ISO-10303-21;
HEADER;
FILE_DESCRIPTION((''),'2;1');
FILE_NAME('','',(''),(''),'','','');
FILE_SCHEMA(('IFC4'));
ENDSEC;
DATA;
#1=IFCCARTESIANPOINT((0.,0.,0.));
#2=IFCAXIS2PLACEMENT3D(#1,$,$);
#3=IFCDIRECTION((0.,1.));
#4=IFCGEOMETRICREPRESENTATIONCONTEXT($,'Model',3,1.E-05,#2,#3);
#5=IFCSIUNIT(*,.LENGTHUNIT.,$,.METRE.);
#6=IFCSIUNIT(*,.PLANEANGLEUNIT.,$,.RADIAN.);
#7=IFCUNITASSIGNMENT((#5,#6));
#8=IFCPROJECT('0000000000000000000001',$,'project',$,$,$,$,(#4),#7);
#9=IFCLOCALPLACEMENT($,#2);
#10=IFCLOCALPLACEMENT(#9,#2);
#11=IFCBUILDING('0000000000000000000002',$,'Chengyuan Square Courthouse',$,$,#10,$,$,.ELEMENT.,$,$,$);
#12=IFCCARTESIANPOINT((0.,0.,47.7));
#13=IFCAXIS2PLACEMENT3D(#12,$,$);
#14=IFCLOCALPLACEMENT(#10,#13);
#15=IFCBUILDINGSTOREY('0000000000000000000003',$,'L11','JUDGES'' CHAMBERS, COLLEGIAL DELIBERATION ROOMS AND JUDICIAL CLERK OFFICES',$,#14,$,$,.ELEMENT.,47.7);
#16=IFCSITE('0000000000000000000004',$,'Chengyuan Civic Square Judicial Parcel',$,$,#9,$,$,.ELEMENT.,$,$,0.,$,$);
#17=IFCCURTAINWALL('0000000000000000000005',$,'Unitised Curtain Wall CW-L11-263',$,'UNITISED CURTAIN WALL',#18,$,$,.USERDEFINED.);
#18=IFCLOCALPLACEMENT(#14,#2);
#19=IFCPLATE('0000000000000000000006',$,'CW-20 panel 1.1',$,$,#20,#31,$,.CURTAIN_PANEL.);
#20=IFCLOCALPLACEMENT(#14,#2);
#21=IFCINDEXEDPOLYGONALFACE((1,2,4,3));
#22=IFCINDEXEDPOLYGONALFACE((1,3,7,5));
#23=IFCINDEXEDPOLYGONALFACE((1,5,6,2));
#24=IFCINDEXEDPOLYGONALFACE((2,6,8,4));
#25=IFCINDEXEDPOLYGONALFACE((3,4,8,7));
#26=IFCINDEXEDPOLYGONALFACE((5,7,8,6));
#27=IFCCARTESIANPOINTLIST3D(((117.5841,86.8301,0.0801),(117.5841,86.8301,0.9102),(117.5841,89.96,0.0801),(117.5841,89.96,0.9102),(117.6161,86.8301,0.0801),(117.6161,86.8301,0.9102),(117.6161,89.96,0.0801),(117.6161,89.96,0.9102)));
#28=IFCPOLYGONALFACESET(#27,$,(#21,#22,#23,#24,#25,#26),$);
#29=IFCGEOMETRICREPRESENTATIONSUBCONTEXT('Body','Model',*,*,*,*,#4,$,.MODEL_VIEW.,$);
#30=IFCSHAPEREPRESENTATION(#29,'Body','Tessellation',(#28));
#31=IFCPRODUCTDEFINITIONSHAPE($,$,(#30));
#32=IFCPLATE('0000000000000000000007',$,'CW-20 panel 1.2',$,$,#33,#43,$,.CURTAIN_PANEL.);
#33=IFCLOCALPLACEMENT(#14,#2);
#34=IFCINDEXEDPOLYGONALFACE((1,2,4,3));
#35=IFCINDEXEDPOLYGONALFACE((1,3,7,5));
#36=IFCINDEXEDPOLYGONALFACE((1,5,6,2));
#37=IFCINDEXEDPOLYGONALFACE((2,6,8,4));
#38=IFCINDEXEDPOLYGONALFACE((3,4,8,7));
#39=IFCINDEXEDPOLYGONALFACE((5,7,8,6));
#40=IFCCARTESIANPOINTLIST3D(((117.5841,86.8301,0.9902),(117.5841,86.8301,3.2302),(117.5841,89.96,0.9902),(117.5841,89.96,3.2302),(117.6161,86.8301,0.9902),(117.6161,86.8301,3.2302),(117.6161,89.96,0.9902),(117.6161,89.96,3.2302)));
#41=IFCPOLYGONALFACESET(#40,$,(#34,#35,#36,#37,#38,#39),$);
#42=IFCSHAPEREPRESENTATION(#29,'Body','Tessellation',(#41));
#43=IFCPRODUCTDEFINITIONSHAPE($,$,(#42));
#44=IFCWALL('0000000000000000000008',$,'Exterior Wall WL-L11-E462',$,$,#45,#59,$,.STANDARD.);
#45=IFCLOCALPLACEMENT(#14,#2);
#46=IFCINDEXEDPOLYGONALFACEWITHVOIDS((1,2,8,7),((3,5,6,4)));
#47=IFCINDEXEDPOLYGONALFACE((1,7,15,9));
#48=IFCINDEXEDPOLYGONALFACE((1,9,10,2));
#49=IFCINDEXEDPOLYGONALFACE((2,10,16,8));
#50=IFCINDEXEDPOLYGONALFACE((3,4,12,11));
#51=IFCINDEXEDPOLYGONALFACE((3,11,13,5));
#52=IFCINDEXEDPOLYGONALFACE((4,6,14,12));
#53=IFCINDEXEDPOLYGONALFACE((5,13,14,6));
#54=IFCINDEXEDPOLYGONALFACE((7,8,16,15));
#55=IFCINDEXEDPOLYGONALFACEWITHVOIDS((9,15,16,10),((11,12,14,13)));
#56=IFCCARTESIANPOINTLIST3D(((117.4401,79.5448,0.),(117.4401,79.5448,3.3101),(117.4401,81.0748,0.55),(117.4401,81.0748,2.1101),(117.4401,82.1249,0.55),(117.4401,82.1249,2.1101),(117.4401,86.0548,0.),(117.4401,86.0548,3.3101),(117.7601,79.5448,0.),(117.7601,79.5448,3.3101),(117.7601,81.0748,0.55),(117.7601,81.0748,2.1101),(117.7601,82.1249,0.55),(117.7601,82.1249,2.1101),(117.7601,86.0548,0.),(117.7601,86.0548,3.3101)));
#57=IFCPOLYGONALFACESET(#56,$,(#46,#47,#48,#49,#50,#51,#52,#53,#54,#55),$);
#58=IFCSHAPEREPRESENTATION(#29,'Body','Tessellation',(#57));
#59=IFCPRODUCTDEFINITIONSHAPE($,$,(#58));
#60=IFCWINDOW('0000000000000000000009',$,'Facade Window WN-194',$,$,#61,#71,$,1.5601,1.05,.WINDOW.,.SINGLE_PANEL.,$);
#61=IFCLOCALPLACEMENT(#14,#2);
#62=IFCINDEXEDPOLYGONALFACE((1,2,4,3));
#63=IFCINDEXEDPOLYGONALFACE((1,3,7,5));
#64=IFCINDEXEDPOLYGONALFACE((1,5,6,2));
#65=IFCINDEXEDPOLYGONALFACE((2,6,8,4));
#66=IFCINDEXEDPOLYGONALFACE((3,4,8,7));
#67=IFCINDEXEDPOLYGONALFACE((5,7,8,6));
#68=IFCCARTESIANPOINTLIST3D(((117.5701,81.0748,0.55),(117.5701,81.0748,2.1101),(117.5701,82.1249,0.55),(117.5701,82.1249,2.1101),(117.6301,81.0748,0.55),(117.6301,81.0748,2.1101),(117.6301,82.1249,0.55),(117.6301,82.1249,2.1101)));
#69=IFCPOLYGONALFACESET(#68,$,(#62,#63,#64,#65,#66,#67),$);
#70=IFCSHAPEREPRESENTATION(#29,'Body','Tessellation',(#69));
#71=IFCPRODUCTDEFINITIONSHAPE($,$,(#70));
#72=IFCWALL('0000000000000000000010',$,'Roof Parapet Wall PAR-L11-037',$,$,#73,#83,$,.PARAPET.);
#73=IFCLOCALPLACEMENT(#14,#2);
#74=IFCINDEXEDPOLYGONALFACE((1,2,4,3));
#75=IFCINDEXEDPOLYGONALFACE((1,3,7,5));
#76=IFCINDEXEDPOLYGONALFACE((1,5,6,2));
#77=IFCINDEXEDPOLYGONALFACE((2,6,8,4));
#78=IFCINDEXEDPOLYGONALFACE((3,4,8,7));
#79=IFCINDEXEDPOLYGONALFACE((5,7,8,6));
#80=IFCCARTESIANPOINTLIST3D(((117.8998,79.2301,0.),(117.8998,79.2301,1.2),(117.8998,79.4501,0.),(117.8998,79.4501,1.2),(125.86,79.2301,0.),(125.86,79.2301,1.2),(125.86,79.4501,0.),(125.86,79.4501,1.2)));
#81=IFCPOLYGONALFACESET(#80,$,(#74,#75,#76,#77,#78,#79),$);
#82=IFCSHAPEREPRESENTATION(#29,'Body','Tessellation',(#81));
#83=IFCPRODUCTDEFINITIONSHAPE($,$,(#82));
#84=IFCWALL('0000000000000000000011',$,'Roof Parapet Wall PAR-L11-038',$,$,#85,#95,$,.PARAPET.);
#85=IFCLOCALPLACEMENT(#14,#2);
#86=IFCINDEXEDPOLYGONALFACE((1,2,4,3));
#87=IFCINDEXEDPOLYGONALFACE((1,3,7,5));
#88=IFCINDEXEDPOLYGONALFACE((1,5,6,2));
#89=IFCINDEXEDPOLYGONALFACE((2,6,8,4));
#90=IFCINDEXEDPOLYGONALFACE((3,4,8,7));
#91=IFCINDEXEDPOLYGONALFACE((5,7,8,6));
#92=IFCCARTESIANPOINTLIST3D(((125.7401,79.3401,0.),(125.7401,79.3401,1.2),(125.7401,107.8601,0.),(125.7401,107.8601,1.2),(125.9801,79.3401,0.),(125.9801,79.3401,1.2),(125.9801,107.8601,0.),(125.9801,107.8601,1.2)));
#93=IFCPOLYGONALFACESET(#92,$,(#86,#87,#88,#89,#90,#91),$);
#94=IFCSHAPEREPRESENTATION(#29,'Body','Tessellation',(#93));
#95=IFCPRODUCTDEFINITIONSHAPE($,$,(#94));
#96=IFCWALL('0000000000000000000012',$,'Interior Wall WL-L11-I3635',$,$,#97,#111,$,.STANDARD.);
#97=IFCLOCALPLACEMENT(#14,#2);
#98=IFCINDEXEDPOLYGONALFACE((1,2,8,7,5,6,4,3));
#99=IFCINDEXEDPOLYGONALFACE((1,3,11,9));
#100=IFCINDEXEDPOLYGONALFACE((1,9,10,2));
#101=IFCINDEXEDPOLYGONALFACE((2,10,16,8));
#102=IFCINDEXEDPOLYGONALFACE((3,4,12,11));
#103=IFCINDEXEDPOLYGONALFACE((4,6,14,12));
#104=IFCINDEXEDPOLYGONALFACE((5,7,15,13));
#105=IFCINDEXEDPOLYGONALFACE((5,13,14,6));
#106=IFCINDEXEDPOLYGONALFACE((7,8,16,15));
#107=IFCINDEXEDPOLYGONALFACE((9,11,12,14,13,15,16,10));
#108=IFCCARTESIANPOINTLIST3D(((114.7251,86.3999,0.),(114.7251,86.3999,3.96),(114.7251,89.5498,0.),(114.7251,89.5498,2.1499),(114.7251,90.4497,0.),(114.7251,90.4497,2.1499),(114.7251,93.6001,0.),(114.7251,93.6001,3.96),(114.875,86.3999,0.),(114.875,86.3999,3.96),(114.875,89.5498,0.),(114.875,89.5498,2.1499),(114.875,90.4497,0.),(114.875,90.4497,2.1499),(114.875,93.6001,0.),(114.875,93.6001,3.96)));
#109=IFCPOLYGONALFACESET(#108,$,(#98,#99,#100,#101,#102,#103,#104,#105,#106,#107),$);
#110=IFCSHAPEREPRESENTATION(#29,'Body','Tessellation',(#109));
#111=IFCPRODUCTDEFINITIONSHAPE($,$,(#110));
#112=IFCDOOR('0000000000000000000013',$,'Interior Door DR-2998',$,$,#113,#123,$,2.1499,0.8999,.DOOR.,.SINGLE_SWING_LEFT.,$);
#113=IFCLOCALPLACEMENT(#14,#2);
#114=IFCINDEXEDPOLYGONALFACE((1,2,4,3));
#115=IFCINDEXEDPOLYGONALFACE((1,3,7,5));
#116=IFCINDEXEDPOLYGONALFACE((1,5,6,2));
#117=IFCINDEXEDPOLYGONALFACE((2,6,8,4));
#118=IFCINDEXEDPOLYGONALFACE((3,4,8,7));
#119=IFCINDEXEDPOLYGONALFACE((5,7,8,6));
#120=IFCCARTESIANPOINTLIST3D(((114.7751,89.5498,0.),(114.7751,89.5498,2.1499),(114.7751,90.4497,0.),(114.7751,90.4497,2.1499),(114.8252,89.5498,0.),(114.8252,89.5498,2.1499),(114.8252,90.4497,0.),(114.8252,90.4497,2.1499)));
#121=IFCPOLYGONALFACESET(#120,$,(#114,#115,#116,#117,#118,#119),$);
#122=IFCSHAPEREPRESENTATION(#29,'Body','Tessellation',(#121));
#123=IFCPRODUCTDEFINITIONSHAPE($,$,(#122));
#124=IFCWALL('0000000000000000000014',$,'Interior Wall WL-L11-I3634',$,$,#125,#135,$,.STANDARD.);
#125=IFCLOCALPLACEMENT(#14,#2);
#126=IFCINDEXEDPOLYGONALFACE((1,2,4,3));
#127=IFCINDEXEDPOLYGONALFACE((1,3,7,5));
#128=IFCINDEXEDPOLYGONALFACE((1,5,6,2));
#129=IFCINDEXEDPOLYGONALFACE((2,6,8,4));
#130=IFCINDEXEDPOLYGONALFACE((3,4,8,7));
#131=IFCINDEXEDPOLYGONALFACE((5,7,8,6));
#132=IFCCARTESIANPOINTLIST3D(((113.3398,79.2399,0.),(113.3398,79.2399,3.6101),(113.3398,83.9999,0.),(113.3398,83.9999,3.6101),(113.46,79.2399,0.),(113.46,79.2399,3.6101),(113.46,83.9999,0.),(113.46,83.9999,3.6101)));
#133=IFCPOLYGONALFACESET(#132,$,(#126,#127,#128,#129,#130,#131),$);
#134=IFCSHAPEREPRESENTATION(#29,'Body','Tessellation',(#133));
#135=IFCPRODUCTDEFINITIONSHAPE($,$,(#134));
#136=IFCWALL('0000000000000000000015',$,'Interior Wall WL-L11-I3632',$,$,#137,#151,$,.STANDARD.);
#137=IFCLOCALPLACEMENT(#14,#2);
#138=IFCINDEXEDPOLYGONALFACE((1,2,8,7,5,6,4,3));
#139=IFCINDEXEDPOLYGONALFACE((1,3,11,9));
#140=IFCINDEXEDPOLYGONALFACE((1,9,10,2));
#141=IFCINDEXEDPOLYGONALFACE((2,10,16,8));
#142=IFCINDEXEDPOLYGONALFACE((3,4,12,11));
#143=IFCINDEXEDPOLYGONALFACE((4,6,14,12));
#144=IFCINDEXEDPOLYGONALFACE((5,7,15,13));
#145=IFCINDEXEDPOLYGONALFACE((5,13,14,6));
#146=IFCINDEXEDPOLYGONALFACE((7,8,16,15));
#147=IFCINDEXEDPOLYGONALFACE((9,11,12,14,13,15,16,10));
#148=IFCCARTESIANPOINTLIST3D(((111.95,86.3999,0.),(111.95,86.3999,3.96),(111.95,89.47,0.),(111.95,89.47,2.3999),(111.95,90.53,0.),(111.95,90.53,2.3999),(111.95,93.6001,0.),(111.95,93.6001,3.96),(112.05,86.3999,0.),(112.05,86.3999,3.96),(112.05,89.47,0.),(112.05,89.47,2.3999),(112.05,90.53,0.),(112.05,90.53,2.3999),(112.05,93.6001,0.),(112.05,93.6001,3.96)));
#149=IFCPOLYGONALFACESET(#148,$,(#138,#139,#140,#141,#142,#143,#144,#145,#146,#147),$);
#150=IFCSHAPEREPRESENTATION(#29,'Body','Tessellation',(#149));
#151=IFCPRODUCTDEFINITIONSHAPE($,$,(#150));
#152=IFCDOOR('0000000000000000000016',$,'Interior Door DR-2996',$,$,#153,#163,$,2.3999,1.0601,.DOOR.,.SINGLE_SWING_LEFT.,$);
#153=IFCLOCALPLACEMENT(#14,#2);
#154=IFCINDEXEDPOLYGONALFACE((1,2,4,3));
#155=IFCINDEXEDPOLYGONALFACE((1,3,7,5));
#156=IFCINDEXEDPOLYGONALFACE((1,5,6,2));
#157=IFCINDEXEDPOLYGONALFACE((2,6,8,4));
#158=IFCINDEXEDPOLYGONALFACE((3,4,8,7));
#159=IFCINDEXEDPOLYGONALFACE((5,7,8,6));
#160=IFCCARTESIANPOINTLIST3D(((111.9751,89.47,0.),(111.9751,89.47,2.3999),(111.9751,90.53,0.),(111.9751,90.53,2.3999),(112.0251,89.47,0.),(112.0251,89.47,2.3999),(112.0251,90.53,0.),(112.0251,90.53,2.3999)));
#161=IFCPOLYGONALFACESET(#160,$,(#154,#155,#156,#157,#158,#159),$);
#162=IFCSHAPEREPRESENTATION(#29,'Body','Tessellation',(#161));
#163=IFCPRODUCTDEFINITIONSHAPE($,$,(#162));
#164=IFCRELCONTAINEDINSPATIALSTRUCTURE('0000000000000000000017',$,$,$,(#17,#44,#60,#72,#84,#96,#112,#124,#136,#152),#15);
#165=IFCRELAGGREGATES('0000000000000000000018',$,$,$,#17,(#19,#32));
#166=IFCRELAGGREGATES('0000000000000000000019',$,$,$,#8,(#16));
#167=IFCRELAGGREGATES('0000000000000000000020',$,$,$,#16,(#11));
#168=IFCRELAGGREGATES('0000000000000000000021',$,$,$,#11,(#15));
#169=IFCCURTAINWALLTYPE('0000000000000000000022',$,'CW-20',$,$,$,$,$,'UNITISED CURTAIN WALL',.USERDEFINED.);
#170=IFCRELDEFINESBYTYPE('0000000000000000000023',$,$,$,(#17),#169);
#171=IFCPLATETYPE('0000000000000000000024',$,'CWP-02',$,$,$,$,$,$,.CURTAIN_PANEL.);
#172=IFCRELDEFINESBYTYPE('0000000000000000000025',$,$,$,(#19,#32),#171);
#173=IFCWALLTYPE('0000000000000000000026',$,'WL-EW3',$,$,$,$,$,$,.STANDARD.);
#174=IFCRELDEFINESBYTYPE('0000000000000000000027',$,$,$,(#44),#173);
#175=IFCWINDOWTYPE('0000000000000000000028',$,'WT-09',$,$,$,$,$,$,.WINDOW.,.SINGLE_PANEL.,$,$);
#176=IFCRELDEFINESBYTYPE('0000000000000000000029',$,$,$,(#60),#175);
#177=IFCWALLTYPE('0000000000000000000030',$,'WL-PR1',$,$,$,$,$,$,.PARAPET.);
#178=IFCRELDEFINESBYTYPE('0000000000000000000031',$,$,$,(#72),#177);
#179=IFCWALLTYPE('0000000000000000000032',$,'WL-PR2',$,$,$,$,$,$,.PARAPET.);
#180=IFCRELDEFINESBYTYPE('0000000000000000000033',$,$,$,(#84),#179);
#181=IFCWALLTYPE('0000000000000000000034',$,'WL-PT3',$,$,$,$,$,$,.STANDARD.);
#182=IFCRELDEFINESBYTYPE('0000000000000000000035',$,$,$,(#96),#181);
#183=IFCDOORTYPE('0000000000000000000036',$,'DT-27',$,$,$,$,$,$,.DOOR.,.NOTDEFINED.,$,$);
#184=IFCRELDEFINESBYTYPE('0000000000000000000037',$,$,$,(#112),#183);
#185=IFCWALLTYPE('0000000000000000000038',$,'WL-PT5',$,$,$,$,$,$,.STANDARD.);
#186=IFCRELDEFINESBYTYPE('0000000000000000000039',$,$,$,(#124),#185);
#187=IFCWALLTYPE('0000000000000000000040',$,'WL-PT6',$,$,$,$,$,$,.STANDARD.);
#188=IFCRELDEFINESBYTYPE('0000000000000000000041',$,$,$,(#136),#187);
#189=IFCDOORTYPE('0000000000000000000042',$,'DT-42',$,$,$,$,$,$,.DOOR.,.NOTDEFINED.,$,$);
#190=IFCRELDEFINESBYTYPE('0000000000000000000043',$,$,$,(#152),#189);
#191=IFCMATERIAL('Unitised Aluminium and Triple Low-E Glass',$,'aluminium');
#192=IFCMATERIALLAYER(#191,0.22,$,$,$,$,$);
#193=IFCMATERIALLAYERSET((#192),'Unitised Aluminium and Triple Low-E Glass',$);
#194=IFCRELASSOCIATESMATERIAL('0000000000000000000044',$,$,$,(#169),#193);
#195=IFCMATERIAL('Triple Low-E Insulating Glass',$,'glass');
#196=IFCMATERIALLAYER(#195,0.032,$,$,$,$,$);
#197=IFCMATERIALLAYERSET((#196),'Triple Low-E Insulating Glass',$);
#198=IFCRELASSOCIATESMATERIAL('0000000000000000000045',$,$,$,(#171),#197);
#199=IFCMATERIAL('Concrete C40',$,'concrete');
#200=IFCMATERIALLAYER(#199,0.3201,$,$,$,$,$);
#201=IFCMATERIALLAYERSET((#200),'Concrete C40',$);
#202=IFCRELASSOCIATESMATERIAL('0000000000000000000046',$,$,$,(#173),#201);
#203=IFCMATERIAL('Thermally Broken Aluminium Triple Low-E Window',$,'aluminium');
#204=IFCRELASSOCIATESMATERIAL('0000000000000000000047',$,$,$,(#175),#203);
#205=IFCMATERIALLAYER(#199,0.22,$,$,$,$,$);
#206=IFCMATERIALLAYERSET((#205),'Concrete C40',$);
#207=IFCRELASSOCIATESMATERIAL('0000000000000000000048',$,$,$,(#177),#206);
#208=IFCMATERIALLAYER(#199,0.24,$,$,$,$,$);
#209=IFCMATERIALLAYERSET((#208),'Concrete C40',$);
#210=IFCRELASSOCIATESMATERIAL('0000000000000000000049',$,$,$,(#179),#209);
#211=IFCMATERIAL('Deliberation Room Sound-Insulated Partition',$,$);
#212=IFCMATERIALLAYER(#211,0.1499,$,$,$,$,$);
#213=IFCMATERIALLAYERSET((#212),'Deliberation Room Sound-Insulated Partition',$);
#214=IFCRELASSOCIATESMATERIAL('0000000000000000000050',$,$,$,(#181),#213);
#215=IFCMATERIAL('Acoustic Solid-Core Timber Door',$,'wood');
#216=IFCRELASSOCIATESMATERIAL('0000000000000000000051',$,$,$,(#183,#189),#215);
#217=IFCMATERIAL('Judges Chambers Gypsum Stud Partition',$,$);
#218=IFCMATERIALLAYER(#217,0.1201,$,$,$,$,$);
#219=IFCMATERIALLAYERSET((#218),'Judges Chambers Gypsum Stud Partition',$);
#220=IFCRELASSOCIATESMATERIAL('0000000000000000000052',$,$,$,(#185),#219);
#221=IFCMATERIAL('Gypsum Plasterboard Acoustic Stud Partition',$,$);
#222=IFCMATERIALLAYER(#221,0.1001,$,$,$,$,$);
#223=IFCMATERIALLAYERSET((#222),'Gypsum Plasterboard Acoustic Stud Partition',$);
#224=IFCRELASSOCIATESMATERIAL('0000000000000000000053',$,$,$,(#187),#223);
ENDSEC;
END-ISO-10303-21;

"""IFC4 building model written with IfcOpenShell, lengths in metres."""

from ifc_helpers import new_model, si_unit, direction, frame, frame_2d, origin, origin_2d, place, context, subcontext, project, spatial, rectangle, extrude, material, layer, layer_set, type_object, element, fill, aggregate, save


model = new_model("IFC4")

# Units and contexts
model_context = context("Model", 3, precision=1e-05, world=origin(), true_north=direction((0.0, 1.0)))
body_context = subcontext(model_context, "Body", "Model", "MODEL_VIEW")
ifc_project = project(units=[si_unit("LENGTHUNIT", "METRE"), si_unit("PLANEANGLEUNIT", "RADIAN")], contexts=[model_context])

# Site, building, storey
site_placement = place(None, origin())
site = spatial("IfcSite", under=ifc_project, at=site_placement, Name="Chengyuan Civic Square Judicial Parcel", CompositionType="ELEMENT", RefElevation=0.0)
building_placement = place(site_placement, origin())
building = spatial("IfcBuilding", under=site, at=building_placement, Name="Chengyuan Square Courthouse", CompositionType="ELEMENT")
storey_placement = place(building_placement, frame((0.0, 0.0, 47.7)))
storey = spatial("IfcBuildingStorey", under=building, at=storey_placement, Name="L11", Description="JUDGES' CHAMBERS, COLLEGIAL DELIBERATION ROOMS AND JUDICIAL CLERK OFFICES", CompositionType="ELEMENT", Elevation=47.7)

# Shared definitions
ifc_material_1 = material(Name="Concrete C40", Category="concrete")

# Curtain wall, plates
ifc_material_2 = material(Name="Unitised Aluminium and Triple Low-E Glass", Category="aluminium")
ifc_layer_1 = layer(ifc_material_2, 0.22)
ifc_layer_set_1 = layer_set([ifc_layer_1], Name="Unitised Aluminium and Triple Low-E Glass")
curtain_wall_type = type_object("IfcCurtainWallType", Name="CW-20", ElementType="UNITISED CURTAIN WALL", PredefinedType="USERDEFINED", material=ifc_layer_set_1)
curtain_wall_placement = place(storey_placement, origin())
curtain_wall = element("IfcCurtainWall", 1, at=curtain_wall_placement, inside=storey, type_object=curtain_wall_type, Name="Unitised Curtain Wall CW-L11-263", ObjectType="UNITISED CURTAIN WALL", PredefinedType="USERDEFINED")
ifc_material_3 = material(Name="Triple Low-E Insulating Glass", Category="glass")
ifc_layer_2 = layer(ifc_material_3, 0.032)
ifc_layer_set_2 = layer_set([ifc_layer_2], Name="Triple Low-E Insulating Glass")
plate_type = type_object("IfcPlateType", Name="CWP-02", PredefinedType="CURTAIN_PANEL", material=ifc_layer_set_2)
plate_1_placement = place(storey_placement, frame((117.6001, 88.395, 0.0801), z_axis=(0.0, 0.0, 1.0), x_axis=(0.0, 1.0, 0.0)))
plate_1 = element("IfcPlate", 2, at=plate_1_placement, type_object=plate_type, Name="CW-20 panel 1.1", PredefinedType="CURTAIN_PANEL", context=body_context, shape_type="SweptSolid", body=[
    extrude(rectangle(XDim=3.1299, YDim=0.032, at=origin_2d()), origin(), (0.0, 0.0, 1.0), 0.8301),
])
plate_2_placement = place(storey_placement, frame((117.6001, 88.395, 0.9902), z_axis=(0.0, 0.0, 1.0), x_axis=(0.0, 1.0, 0.0)))
plate_2 = element("IfcPlate", 3, at=plate_2_placement, type_object=plate_type, Name="CW-20 panel 1.2", PredefinedType="CURTAIN_PANEL", context=body_context, shape_type="SweptSolid", body=[
    extrude(rectangle(XDim=3.1299, YDim=0.032, at=origin_2d()), origin(), (0.0, 0.0, 1.0), 2.24),
])
aggregate(curtain_wall, [plate_1, plate_2])

# Wall, opening, window
ifc_layer_3 = layer(ifc_material_1, 0.3201)
ifc_layer_set_3 = layer_set([ifc_layer_3], Name="Concrete C40")
wall_type_1 = type_object("IfcWallType", Name="WL-EW3", PredefinedType="STANDARD", material=ifc_layer_set_3)
wall_1_placement = place(storey_placement, frame((117.6001, 79.5449, 0.0), z_axis=(0.0, 0.0, 1.0), x_axis=(0.0, 1.0, 0.0)))
wall_1 = element("IfcWall", 4, at=wall_1_placement, inside=storey, type_object=wall_type_1, Name="Exterior Wall WL-L11-E462", PredefinedType="STANDARD", context=body_context, shape_type="SweptSolid", body=[
    extrude(rectangle(XDim=6.51, YDim=0.3201, at=frame_2d((3.2549, 0.0))), origin(), (0.0, 0.0, 1.0), 3.3101),
])
opening_1_placement = place(wall_1_placement, frame((1.53, 0.0, 0.55)))
opening_1 = element("IfcOpeningElement", 5, at=opening_1_placement, cuts=wall_1, PredefinedType="OPENING", context=body_context, shape_type="SweptSolid", body=[
    extrude(rectangle(XDim=1.05, YDim=1.5601, at=frame_2d((0.5249, 0.78))), frame((0.0, 0.1721, 0.0), z_axis=(0.0, -1.0, 0.0), x_axis=(1.0, 0.0, 0.0)), (0.0, 0.0, 1.0), 0.344),
])
ifc_material_4 = material(Name="Thermally Broken Aluminium Triple Low-E Window", Category="aluminium")
window_type = type_object("IfcWindowType", Name="WT-09", PartitioningType="SINGLE_PANEL", PredefinedType="WINDOW", material=ifc_material_4)
window_placement = place(opening_1_placement, origin())
window = element("IfcWindow", 6, at=window_placement, inside=storey, type_object=window_type, Name="Facade Window WN-194", OverallHeight=1.5601, OverallWidth=1.05, PartitioningType="SINGLE_PANEL", PredefinedType="WINDOW", context=body_context, shape_type="SweptSolid", body=[
    extrude(rectangle(XDim=1.05, YDim=1.5601, at=frame_2d((0.5249, 0.78))), frame((0.0, 0.03, 0.0), z_axis=(0.0, -1.0, 0.0), x_axis=(1.0, 0.0, 0.0)), (0.0, 0.0, 1.0), 0.0601),
])
fill(opening_1, window)

# Walls
ifc_layer_4 = layer(ifc_material_1, 0.22)
ifc_layer_set_4 = layer_set([ifc_layer_4], Name="Concrete C40")
wall_type_2 = type_object("IfcWallType", Name="WL-PR1", PredefinedType="PARAPET", material=ifc_layer_set_4)
wall_2_placement = place(storey_placement, frame((117.8999, 79.3401, 0.0), z_axis=(0.0, 0.0, 1.0), x_axis=(1.0, 0.0, 0.0)))
element("IfcWall", 7, at=wall_2_placement, inside=storey, type_object=wall_type_2, Name="Roof Parapet Wall PAR-L11-037", PredefinedType="PARAPET", context=body_context, shape_type="SweptSolid", body=[
    extrude(rectangle(XDim=7.9602, YDim=0.22, at=frame_2d((3.98, 0.0))), origin(), (0.0, 0.0, 1.0), 1.2),
])
ifc_layer_5 = layer(ifc_material_1, 0.24)
ifc_layer_set_5 = layer_set([ifc_layer_5], Name="Concrete C40")
wall_type_3 = type_object("IfcWallType", Name="WL-PR2", PredefinedType="PARAPET", material=ifc_layer_set_5)
wall_3_placement = place(storey_placement, frame((125.8601, 79.3401, 0.0), z_axis=(0.0, 0.0, 1.0), x_axis=(0.0, 1.0, 0.0)))
element("IfcWall", 8, at=wall_3_placement, inside=storey, type_object=wall_type_3, Name="Roof Parapet Wall PAR-L11-038", PredefinedType="PARAPET", context=body_context, shape_type="SweptSolid", body=[
    extrude(rectangle(XDim=28.52, YDim=0.24, at=frame_2d((14.26, 0.0))), origin(), (0.0, 0.0, 1.0), 1.2),
])

# Wall, opening, door
ifc_material_5 = material(Name="Deliberation Room Sound-Insulated Partition")
ifc_layer_6 = layer(ifc_material_5, 0.1499)
ifc_layer_set_6 = layer_set([ifc_layer_6], Name="Deliberation Room Sound-Insulated Partition")
wall_type_4 = type_object("IfcWallType", Name="WL-PT3", PredefinedType="STANDARD", material=ifc_layer_set_6)
ifc_material_6 = material(Name="Acoustic Solid-Core Timber Door", Category="wood")
wall_4_placement = place(storey_placement, frame((114.8, 86.3999, 0.0), z_axis=(0.0, 0.0, 1.0), x_axis=(0.0, 1.0, 0.0)))
wall_4 = element("IfcWall", 9, at=wall_4_placement, inside=storey, type_object=wall_type_4, Name="Interior Wall WL-L11-I3635", PredefinedType="STANDARD", context=body_context, shape_type="SweptSolid", body=[
    extrude(rectangle(XDim=7.2002, YDim=0.1499, at=frame_2d((3.6001, 0.0))), origin(), (0.0, 0.0, 1.0), 3.96),
])
opening_2_placement = place(wall_4_placement, frame((3.1499, 0.0, 0.0)))
opening_2 = element("IfcOpeningElement", 10, at=opening_2_placement, cuts=wall_4, PredefinedType="OPENING", context=body_context, shape_type="SweptSolid", body=[
    extrude(rectangle(XDim=0.8999, YDim=2.1499, at=frame_2d((0.45, 1.075))), frame((0.0, 0.0869, 0.0), z_axis=(0.0, -1.0, 0.0), x_axis=(1.0, 0.0, 0.0)), (0.0, 0.0, 1.0), 0.1738),
])
door_type_1 = type_object("IfcDoorType", Name="DT-27", OperationType="NOTDEFINED", PredefinedType="DOOR", material=ifc_material_6)
door_1_placement = place(opening_2_placement, origin())
door_1 = element("IfcDoor", 11, at=door_1_placement, inside=storey, type_object=door_type_1, Name="Interior Door DR-2998", OperationType="SINGLE_SWING_LEFT", OverallHeight=2.1499, OverallWidth=0.8999, PredefinedType="DOOR", context=body_context, shape_type="SweptSolid", body=[
    extrude(rectangle(XDim=0.8999, YDim=2.1499, at=frame_2d((0.45, 1.075))), frame((0.0, 0.0249, 0.0), z_axis=(0.0, -1.0, 0.0), x_axis=(1.0, 0.0, 0.0)), (0.0, 0.0, 1.0), 0.05),
])
fill(opening_2, door_1)

# Wall
ifc_material_7 = material(Name="Judges Chambers Gypsum Stud Partition")
ifc_layer_7 = layer(ifc_material_7, 0.1201)
ifc_layer_set_7 = layer_set([ifc_layer_7], Name="Judges Chambers Gypsum Stud Partition")
wall_type_5 = type_object("IfcWallType", Name="WL-PT5", PredefinedType="STANDARD", material=ifc_layer_set_7)
wall_5_placement = place(storey_placement, frame((113.3999, 79.24, 0.0), z_axis=(0.0, 0.0, 1.0), x_axis=(0.0, 1.0, 0.0)))
element("IfcWall", 12, at=wall_5_placement, inside=storey, type_object=wall_type_5, Name="Interior Wall WL-L11-I3634", PredefinedType="STANDARD", context=body_context, shape_type="SweptSolid", body=[
    extrude(rectangle(XDim=4.76, YDim=0.1201, at=frame_2d((2.3799, 0.0))), origin(), (0.0, 0.0, 1.0), 3.6101),
])

# Wall, opening, door
ifc_material_8 = material(Name="Gypsum Plasterboard Acoustic Stud Partition")
ifc_layer_8 = layer(ifc_material_8, 0.1001)
ifc_layer_set_8 = layer_set([ifc_layer_8], Name="Gypsum Plasterboard Acoustic Stud Partition")
wall_type_6 = type_object("IfcWallType", Name="WL-PT6", PredefinedType="STANDARD", material=ifc_layer_set_8)
wall_6_placement = place(storey_placement, frame((112.0, 86.3999, 0.0), z_axis=(0.0, 0.0, 1.0), x_axis=(0.0, 1.0, 0.0)))
wall_6 = element("IfcWall", 13, at=wall_6_placement, inside=storey, type_object=wall_type_6, Name="Interior Wall WL-L11-I3632", PredefinedType="STANDARD", context=body_context, shape_type="SweptSolid", body=[
    extrude(rectangle(XDim=7.2002, YDim=0.1001, at=frame_2d((3.6001, 0.0))), origin(), (0.0, 0.0, 1.0), 3.96),
])
opening_3_placement = place(wall_6_placement, frame((3.0701, 0.0, 0.0)))
opening_3 = element("IfcOpeningElement", 14, at=opening_3_placement, cuts=wall_6, PredefinedType="OPENING", context=body_context, shape_type="SweptSolid", body=[
    extrude(rectangle(XDim=1.0601, YDim=2.3999, at=frame_2d((0.53, 1.2))), frame((0.0, 0.062, 0.0), z_axis=(0.0, -1.0, 0.0), x_axis=(1.0, 0.0, 0.0)), (0.0, 0.0, 1.0), 0.124),
])
door_type_2 = type_object("IfcDoorType", Name="DT-42", OperationType="NOTDEFINED", PredefinedType="DOOR", material=ifc_material_6)
door_2_placement = place(opening_3_placement, origin())
door_2 = element("IfcDoor", 15, at=door_2_placement, inside=storey, type_object=door_type_2, Name="Interior Door DR-2996", OperationType="SINGLE_SWING_LEFT", OverallHeight=2.3999, OverallWidth=1.0601, PredefinedType="DOOR", context=body_context, shape_type="SweptSolid", body=[
    extrude(rectangle(XDim=1.0601, YDim=2.3999, at=frame_2d((0.53, 1.2))), frame((0.0, 0.0249, 0.0), z_axis=(0.0, -1.0, 0.0), x_axis=(1.0, 0.0, 0.0)), (0.0, 0.0, 1.0), 0.05),
])
fill(opening_3, door_2)

save(model, "model.ifc")
